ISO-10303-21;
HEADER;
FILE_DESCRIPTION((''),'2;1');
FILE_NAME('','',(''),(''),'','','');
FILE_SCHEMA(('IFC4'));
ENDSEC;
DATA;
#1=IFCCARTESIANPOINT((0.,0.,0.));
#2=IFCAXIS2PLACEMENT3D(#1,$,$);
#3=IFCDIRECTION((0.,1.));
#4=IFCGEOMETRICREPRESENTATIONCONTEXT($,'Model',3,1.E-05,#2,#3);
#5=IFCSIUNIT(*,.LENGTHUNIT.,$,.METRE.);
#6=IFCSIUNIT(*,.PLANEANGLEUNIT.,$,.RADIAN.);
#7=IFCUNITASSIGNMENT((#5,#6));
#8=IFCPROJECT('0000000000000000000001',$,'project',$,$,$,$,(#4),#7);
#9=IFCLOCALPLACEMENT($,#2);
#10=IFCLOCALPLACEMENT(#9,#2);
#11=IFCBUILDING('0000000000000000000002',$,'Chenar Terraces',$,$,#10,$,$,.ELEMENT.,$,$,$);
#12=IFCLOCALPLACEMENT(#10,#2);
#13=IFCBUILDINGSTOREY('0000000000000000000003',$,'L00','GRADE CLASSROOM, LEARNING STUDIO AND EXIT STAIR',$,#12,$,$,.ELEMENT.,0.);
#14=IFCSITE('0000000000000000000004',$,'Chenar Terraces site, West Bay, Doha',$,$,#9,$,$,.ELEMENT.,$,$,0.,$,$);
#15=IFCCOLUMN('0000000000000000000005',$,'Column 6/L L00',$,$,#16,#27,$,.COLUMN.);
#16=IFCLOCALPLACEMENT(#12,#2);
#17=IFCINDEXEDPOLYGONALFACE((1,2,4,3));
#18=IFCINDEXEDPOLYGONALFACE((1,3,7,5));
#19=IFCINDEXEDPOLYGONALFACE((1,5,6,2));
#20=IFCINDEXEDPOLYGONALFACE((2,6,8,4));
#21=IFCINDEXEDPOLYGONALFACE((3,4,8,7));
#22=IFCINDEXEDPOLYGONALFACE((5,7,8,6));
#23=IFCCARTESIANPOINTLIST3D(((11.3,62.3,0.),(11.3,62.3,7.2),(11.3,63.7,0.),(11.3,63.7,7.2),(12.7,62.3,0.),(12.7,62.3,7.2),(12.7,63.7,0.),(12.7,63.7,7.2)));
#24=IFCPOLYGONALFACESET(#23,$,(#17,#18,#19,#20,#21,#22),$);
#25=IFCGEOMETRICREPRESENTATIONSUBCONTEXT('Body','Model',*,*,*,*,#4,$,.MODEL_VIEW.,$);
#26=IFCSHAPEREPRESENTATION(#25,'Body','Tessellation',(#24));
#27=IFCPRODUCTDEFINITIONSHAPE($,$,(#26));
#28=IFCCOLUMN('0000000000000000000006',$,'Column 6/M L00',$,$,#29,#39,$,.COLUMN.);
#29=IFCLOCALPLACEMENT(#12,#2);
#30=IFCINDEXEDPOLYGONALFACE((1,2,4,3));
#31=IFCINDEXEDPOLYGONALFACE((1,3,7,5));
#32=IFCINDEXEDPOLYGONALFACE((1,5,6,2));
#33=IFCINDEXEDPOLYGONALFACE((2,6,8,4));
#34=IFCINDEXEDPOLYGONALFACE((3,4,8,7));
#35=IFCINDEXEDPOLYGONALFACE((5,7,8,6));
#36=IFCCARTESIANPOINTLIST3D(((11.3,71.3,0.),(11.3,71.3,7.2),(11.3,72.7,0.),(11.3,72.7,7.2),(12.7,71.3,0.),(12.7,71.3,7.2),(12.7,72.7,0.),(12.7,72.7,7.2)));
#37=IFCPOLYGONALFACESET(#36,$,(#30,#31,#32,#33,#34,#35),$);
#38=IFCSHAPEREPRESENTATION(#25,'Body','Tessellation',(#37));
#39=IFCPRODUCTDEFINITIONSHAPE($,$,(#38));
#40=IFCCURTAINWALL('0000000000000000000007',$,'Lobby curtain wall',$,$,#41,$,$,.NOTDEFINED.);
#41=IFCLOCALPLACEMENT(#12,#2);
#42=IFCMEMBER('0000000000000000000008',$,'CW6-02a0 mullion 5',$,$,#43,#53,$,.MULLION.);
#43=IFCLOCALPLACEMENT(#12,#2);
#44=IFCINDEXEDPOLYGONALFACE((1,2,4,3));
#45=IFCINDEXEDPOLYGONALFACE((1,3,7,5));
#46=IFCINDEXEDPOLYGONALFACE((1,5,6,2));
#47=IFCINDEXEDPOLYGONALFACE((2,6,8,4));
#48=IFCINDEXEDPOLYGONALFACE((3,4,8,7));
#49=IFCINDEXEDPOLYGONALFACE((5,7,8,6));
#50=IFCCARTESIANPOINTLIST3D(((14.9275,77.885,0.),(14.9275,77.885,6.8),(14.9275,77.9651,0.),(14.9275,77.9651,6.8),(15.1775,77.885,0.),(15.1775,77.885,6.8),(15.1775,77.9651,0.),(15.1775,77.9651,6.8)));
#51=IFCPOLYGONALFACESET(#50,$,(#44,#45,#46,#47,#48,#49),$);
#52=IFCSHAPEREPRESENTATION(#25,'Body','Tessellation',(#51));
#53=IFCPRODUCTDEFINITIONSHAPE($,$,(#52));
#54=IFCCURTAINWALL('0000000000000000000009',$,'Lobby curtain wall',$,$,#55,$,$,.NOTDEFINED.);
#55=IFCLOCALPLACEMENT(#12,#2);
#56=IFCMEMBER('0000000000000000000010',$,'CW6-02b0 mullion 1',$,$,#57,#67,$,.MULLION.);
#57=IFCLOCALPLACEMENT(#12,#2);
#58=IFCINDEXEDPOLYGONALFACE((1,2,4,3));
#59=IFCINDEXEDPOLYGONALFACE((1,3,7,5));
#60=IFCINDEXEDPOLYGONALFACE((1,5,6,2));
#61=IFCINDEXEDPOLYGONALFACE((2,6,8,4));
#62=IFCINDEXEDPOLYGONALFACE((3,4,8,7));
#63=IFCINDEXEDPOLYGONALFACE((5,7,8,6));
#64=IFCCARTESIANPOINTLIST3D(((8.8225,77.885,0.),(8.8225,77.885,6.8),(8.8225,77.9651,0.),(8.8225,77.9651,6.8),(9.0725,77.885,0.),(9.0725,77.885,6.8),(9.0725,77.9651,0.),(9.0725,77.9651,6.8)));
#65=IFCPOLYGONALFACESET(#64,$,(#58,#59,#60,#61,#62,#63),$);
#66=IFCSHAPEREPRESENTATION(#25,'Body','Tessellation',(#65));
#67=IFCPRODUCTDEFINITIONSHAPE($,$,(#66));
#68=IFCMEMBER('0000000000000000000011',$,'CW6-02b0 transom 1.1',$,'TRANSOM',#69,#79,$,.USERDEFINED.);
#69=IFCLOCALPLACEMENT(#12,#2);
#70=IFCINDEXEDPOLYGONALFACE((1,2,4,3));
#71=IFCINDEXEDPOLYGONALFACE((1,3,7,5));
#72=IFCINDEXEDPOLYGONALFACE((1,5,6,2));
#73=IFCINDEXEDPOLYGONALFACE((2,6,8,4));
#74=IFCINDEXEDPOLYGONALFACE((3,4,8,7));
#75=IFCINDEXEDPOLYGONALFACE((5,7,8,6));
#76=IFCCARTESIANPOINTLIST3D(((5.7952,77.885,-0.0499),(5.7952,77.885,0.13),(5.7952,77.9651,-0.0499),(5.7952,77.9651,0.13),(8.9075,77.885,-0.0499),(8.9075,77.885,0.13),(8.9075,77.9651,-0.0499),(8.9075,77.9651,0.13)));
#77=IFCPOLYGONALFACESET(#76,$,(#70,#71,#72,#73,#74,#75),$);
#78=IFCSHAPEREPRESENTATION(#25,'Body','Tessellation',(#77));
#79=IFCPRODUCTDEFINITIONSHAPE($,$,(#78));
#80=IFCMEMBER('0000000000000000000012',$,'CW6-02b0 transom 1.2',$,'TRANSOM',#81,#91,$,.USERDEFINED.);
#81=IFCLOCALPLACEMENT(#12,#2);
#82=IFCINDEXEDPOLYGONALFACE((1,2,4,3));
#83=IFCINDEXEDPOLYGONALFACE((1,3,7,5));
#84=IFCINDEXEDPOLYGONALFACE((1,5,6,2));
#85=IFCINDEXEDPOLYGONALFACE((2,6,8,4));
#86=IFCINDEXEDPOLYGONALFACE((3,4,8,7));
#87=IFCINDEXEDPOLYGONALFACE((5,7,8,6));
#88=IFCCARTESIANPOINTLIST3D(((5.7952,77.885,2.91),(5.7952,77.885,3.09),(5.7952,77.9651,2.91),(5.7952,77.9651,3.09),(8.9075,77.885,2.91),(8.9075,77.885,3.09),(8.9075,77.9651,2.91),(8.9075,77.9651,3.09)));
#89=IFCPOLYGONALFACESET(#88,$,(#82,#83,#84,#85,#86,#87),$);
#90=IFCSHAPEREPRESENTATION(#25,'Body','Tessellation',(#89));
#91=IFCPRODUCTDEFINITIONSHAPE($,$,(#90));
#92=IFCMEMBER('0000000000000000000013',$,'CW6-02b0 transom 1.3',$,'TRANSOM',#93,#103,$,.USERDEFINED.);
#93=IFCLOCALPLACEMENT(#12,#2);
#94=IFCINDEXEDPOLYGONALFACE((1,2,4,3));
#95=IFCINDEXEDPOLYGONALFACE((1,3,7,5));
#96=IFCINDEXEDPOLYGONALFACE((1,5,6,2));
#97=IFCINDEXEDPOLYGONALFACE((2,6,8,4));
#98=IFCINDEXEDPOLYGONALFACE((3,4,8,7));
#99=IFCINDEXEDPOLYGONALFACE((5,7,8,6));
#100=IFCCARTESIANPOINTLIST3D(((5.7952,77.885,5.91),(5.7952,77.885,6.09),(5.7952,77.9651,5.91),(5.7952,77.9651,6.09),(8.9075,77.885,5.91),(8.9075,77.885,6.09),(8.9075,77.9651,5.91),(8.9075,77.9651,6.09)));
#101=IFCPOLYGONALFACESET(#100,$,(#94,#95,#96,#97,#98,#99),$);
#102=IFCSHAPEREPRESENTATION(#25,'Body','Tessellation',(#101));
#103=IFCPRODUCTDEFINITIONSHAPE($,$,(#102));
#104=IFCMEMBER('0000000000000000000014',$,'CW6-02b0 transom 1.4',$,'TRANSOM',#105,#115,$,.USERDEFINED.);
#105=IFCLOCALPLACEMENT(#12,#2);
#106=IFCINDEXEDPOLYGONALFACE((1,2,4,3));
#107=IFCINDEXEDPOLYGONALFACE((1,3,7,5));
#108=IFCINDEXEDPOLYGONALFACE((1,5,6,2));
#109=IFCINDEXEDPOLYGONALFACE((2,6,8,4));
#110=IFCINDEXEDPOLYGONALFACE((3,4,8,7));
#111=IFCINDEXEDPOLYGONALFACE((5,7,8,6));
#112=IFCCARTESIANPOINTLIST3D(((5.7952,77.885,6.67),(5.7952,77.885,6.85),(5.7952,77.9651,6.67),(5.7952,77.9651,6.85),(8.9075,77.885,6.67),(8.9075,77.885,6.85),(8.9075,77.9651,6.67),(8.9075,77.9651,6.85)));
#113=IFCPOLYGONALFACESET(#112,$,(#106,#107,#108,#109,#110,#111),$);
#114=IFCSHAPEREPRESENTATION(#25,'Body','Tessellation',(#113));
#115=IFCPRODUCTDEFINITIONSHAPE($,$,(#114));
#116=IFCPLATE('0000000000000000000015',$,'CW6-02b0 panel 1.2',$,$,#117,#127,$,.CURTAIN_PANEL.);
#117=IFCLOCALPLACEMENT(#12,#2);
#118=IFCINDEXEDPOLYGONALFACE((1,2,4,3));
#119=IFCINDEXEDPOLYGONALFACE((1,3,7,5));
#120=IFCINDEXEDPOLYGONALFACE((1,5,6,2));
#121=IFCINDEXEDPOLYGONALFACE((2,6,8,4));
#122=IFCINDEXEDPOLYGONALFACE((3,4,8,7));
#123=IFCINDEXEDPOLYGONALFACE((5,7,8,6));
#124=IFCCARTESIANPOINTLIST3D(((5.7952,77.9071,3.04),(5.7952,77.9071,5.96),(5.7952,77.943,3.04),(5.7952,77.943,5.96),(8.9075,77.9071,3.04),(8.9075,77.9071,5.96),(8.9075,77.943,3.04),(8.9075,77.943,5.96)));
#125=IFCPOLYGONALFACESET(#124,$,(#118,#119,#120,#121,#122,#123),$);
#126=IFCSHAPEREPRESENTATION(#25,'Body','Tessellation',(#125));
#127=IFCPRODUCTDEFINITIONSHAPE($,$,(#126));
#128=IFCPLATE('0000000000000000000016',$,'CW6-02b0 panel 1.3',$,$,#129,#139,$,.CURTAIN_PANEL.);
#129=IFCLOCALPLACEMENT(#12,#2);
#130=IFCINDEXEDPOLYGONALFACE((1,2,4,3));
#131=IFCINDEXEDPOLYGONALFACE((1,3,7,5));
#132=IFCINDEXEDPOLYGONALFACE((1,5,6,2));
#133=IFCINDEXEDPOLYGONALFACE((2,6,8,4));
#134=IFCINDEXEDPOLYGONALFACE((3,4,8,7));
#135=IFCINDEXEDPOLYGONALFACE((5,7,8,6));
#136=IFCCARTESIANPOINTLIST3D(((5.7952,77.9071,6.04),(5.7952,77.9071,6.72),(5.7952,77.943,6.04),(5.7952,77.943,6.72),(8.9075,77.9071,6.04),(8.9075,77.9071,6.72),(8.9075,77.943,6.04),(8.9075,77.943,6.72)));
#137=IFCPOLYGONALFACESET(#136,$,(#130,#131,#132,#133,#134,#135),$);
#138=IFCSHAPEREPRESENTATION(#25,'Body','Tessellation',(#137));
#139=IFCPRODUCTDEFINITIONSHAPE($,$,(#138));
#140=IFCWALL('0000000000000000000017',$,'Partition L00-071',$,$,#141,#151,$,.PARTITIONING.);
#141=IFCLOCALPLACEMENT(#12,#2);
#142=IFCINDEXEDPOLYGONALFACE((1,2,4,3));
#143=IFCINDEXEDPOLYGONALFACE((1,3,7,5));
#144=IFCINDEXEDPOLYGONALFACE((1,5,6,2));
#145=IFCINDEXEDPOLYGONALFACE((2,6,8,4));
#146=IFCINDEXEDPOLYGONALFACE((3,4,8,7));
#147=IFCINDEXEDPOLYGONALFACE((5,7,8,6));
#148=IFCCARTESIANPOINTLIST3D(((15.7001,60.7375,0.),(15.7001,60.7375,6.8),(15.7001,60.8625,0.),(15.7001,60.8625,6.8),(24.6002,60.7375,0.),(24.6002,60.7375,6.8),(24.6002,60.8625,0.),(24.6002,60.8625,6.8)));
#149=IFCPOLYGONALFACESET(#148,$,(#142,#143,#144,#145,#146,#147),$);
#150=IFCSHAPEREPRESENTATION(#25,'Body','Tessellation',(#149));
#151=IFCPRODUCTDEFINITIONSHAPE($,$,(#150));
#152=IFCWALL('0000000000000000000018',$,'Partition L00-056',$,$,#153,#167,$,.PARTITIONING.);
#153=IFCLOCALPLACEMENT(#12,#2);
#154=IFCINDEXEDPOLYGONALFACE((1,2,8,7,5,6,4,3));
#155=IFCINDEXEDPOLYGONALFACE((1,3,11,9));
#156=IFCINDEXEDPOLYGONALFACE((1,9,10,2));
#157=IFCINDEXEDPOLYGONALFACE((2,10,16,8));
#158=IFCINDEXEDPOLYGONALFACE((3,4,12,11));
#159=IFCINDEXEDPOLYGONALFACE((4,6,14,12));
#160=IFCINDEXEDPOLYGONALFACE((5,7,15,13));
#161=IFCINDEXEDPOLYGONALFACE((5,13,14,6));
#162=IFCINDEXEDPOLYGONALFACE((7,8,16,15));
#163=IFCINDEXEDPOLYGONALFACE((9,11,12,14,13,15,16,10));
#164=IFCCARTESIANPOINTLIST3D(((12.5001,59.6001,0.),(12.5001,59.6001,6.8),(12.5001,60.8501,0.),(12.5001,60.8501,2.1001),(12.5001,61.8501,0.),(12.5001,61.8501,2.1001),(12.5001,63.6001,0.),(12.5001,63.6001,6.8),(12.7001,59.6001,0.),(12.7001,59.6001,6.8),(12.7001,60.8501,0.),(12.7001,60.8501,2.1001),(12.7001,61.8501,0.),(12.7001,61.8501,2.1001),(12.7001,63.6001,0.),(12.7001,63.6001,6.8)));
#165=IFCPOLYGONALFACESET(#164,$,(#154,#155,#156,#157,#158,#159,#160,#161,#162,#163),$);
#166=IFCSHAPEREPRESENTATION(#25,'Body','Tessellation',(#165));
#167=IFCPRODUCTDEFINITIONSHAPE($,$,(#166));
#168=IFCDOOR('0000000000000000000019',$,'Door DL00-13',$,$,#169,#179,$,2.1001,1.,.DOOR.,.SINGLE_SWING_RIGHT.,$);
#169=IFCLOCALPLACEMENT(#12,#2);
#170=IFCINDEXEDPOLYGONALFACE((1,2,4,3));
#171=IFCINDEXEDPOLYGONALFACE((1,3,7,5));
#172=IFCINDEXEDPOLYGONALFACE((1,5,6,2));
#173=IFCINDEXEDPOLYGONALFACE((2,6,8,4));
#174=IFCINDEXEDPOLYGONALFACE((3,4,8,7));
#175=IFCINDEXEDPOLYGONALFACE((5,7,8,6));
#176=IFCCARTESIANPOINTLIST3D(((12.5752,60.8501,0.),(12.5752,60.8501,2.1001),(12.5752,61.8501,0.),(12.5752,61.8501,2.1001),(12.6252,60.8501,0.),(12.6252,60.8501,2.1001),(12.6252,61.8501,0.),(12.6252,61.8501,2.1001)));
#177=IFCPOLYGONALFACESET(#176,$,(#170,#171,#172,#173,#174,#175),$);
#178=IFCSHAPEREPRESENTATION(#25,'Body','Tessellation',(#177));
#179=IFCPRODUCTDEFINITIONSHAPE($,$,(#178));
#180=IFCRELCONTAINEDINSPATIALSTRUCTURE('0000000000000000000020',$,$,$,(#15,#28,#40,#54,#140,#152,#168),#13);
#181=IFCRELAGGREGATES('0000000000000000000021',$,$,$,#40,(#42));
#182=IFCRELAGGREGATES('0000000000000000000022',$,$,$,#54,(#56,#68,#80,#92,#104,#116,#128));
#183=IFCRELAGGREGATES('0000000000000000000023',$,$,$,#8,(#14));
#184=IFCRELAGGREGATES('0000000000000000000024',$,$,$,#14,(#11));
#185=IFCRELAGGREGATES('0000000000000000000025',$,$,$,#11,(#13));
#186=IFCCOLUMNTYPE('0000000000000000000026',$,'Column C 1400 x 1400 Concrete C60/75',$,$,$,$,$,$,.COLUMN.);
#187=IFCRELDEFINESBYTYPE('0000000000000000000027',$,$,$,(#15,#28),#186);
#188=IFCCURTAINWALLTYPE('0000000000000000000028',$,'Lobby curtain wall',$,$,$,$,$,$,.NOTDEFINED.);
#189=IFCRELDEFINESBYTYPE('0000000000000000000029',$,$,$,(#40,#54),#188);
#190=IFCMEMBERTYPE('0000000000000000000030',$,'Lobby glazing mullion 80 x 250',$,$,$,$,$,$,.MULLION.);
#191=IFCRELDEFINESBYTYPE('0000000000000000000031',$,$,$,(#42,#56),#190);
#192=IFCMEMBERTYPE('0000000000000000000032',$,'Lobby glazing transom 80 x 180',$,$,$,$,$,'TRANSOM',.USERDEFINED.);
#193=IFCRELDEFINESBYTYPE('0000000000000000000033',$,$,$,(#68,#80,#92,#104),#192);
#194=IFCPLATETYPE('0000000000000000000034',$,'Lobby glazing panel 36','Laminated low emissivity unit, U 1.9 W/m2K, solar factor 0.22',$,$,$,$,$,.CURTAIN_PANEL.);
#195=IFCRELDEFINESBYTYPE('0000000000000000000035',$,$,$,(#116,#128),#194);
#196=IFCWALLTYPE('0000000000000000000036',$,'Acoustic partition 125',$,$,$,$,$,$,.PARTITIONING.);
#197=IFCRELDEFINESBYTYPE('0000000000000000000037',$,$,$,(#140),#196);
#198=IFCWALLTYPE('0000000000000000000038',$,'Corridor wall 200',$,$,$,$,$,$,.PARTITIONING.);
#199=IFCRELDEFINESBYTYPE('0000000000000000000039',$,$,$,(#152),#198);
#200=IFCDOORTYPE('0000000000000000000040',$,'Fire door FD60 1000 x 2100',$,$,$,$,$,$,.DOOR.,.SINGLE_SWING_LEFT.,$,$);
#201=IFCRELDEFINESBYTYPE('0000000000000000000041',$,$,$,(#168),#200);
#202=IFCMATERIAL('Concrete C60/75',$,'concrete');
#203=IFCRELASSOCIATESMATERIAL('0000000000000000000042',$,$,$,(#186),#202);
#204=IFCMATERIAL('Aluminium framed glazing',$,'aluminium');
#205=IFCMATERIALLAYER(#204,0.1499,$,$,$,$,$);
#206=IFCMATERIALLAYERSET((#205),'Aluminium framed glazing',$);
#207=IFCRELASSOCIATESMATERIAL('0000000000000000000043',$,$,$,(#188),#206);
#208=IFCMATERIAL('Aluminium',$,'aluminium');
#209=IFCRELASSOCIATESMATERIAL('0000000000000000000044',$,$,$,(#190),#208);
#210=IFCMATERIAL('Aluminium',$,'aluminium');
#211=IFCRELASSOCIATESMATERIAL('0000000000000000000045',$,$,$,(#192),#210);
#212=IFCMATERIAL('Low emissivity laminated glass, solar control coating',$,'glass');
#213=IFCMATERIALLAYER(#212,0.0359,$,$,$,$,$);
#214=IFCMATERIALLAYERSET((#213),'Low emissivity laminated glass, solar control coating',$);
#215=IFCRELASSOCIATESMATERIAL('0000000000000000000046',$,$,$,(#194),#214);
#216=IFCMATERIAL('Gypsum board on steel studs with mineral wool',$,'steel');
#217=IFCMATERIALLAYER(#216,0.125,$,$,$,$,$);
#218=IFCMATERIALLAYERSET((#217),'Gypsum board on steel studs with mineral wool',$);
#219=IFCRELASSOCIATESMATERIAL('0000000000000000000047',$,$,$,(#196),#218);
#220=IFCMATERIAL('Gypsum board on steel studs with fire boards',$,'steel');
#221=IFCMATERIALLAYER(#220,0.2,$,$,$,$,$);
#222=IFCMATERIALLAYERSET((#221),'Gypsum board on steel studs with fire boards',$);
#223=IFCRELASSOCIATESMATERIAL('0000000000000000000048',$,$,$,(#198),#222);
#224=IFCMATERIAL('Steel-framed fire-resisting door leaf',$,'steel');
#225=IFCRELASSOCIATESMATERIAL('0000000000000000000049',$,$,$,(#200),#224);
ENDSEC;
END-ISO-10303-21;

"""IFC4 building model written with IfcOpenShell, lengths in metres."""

from ifc_helpers import new_model, si_unit, direction, frame, frame_2d, origin, origin_2d, place, context, subcontext, project, spatial, rectangle, extrude, material, layer, layer_set, material_profile, profile_set, type_object, element, fill, aggregate, save


model = new_model("IFC4")

# Units and contexts
model_context = context("Model", 3, precision=1e-05, world=origin(), true_north=direction((0.0, 1.0)))
body_context = subcontext(model_context, "Body", "Model", "MODEL_VIEW")
ifc_project = project(units=[si_unit("LENGTHUNIT", "METRE"), si_unit("PLANEANGLEUNIT", "RADIAN")], contexts=[model_context])

# Site, building, storey
site_placement = place(None, origin())
site = spatial("IfcSite", under=ifc_project, at=site_placement, Name="Chenar Terraces site, West Bay, Doha", CompositionType="ELEMENT", RefElevation=0.0)
building_placement = place(site_placement, origin())
building = spatial("IfcBuilding", under=site, at=building_placement, Name="Chenar Terraces", CompositionType="ELEMENT")
storey_placement = place(building_placement, origin())
storey = spatial("IfcBuildingStorey", under=building, at=storey_placement, Name="L00", Description="GRADE CLASSROOM, LEARNING STUDIO AND EXIT STAIR", CompositionType="ELEMENT", Elevation=0.0)

# Columns
ifc_material_1 = material(Name="Concrete C60/75", Category="concrete")
ifc_material_profile_1 = material_profile(ifc_material_1, rectangle(XDim=1.3999, YDim=1.3999, at=origin_2d()), Name="C 1400 x 1400")
ifc_profile_set_1 = profile_set([ifc_material_profile_1], Name="Concrete C60/75")
column_type = type_object("IfcColumnType", Name="Column C 1400 x 1400 Concrete C60/75", PredefinedType="COLUMN", material=ifc_profile_set_1)
for number, where, z_axis, x_axis, name in (
    (1, (12.0, 63.0, 0.0), (0.0, 0.0, 1.0), (1.0, 0.0, 0.0), "Column 6/L L00"),
    (2, (12.0, 72.0, 0.0), (0.0, 0.0, 1.0), (1.0, 0.0, 0.0), "Column 6/M L00"),
):
    element("IfcColumn", number, at=place(storey_placement, frame(where, z_axis=z_axis, x_axis=x_axis)), inside=storey, type_object=column_type, Name=name, PredefinedType="COLUMN", context=body_context, shape_type="SweptSolid", body=[
        extrude(rectangle(XDim=1.3999, YDim=1.3999, at=origin_2d()), origin(), (0.0, 0.0, 1.0), 7.2),
    ])

# Curtain wall, member
ifc_material_2 = material(Name="Aluminium framed glazing", Category="aluminium")
ifc_layer_1 = layer(ifc_material_2, 0.1499)
ifc_layer_set_1 = layer_set([ifc_layer_1], Name="Aluminium framed glazing")
curtain_wall_type = type_object("IfcCurtainWallType", Name="Lobby curtain wall", PredefinedType="NOTDEFINED", material=ifc_layer_set_1)
placement = place(storey_placement, origin())
curtain_wall_1 = element("IfcCurtainWall", 3, at=placement, inside=storey, type_object=curtain_wall_type, Name="Lobby curtain wall", PredefinedType="NOTDEFINED")
ifc_material_3 = material(Name="Aluminium", Category="aluminium")
ifc_material_profile_2 = material_profile(ifc_material_3, rectangle(XDim=0.0801, YDim=0.25, at=origin_2d()), Name="Lobby glazing mullion 80 x 250")
ifc_profile_set_2 = profile_set([ifc_material_profile_2], Name="Aluminium")
member_type_1 = type_object("IfcMemberType", Name="Lobby glazing mullion 80 x 250", PredefinedType="MULLION", material=ifc_profile_set_2)
member_1_placement = place(storey_placement, frame((15.0525, 77.925, 0.0), z_axis=(0.0, 0.0, 1.0), x_axis=(0.0, -1.0, 0.0)))
member_1 = element("IfcMember", 4, at=member_1_placement, type_object=member_type_1, Name="CW6-02a0 mullion 5", PredefinedType="MULLION", context=body_context, shape_type="SweptSolid", body=[
    extrude(rectangle(XDim=0.0801, YDim=0.25, at=origin_2d()), origin(), (0.0, 0.0, 1.0), 6.8),
])
aggregate(curtain_wall_1, [member_1])

# Curtain wall, members, plates
curtain_wall_2 = element("IfcCurtainWall", 5, at=placement, inside=storey, type_object=curtain_wall_type, Name="Lobby curtain wall", PredefinedType="NOTDEFINED")
member_2_placement = place(storey_placement, frame((8.9475, 77.925, 0.0), z_axis=(0.0, 0.0, 1.0), x_axis=(0.0, -1.0, 0.0)))
member_2 = element("IfcMember", 6, at=member_2_placement, type_object=member_type_1, Name="CW6-02b0 mullion 1", PredefinedType="MULLION", context=body_context, shape_type="SweptSolid", body=[
    extrude(rectangle(XDim=0.0801, YDim=0.25, at=origin_2d()), origin(), (0.0, 0.0, 1.0), 6.8),
])
ifc_material_4 = material(Name="Aluminium", Category="aluminium")
ifc_material_profile_3 = material_profile(ifc_material_4, rectangle(XDim=0.0801, YDim=0.1799, at=origin_2d()), Name="Lobby glazing transom 80 x 180")
ifc_profile_set_3 = profile_set([ifc_material_profile_3], Name="Aluminium")
member_type_2 = type_object("IfcMemberType", Name="Lobby glazing transom 80 x 180", ElementType="TRANSOM", PredefinedType="USERDEFINED", material=ifc_profile_set_3)
member_3_placement = place(storey_placement, frame((8.9075, 77.925, 0.04), z_axis=(-1.0, 0.0, 0.0), x_axis=(0.0, -1.0, 0.0)))
member_3 = element("IfcMember", 7, at=member_3_placement, type_object=member_type_2, Name="CW6-02b0 transom 1.1", ObjectType="TRANSOM", PredefinedType="USERDEFINED", context=body_context, shape_type="SweptSolid", body=[
    extrude(rectangle(XDim=0.0801, YDim=0.1799, at=origin_2d()), origin(), (0.0, 0.0, 1.0), 3.1123),
])
member_4_placement = place(storey_placement, frame((8.9075, 77.925, 3.0), z_axis=(-1.0, 0.0, 0.0), x_axis=(0.0, -1.0, 0.0)))
member_4 = element("IfcMember", 8, at=member_4_placement, type_object=member_type_2, Name="CW6-02b0 transom 1.2", ObjectType="TRANSOM", PredefinedType="USERDEFINED", context=body_context, shape_type="SweptSolid", body=[
    extrude(rectangle(XDim=0.0801, YDim=0.1799, at=origin_2d()), origin(), (0.0, 0.0, 1.0), 3.1123),
])
member_5_placement = place(storey_placement, frame((8.9075, 77.925, 6.0), z_axis=(-1.0, 0.0, 0.0), x_axis=(0.0, -1.0, 0.0)))
member_5 = element("IfcMember", 9, at=member_5_placement, type_object=member_type_2, Name="CW6-02b0 transom 1.3", ObjectType="TRANSOM", PredefinedType="USERDEFINED", context=body_context, shape_type="SweptSolid", body=[
    extrude(rectangle(XDim=0.0801, YDim=0.1799, at=origin_2d()), origin(), (0.0, 0.0, 1.0), 3.1123),
])
member_6_placement = place(storey_placement, frame((8.9075, 77.925, 6.76), z_axis=(-1.0, 0.0, 0.0), x_axis=(0.0, -1.0, 0.0)))
member_6 = element("IfcMember", 10, at=member_6_placement, type_object=member_type_2, Name="CW6-02b0 transom 1.4", ObjectType="TRANSOM", PredefinedType="USERDEFINED", context=body_context, shape_type="SweptSolid", body=[
    extrude(rectangle(XDim=0.0801, YDim=0.1799, at=origin_2d()), origin(), (0.0, 0.0, 1.0), 3.1123),
])
ifc_material_5 = material(Name="Low emissivity laminated glass, solar control coating", Category="glass")
ifc_layer_2 = layer(ifc_material_5, 0.0359)
ifc_layer_set_2 = layer_set([ifc_layer_2], Name="Low emissivity laminated glass, solar control coating")
plate_type = type_object("IfcPlateType", Name="Lobby glazing panel 36", Description="Laminated low emissivity unit, U 1.9 W/m2K, solar factor 0.22", PredefinedType="CURTAIN_PANEL", material=ifc_layer_set_2)
plate_1_placement = place(storey_placement, frame((7.3513, 77.925, 3.04), z_axis=(0.0, 0.0, 1.0), x_axis=(-1.0, 0.0, 0.0)))
plate_1 = element("IfcPlate", 11, at=plate_1_placement, type_object=plate_type, Name="CW6-02b0 panel 1.2", PredefinedType="CURTAIN_PANEL", context=body_context, shape_type="SweptSolid", body=[
    extrude(rectangle(XDim=3.1123, YDim=0.0359, at=origin_2d()), origin(), (0.0, 0.0, 1.0), 2.9199),
])
plate_2_placement = place(storey_placement, frame((7.3513, 77.925, 6.04), z_axis=(0.0, 0.0, 1.0), x_axis=(-1.0, 0.0, 0.0)))
plate_2 = element("IfcPlate", 12, at=plate_2_placement, type_object=plate_type, Name="CW6-02b0 panel 1.3", PredefinedType="CURTAIN_PANEL", context=body_context, shape_type="SweptSolid", body=[
    extrude(rectangle(XDim=3.1123, YDim=0.0359, at=origin_2d()), origin(), (0.0, 0.0, 1.0), 0.6799),
])
aggregate(curtain_wall_2, [member_2, member_3, member_4, member_5, member_6, plate_1, plate_2])

# Wall
ifc_material_6 = material(Name="Gypsum board on steel studs with mineral wool", Category="steel")
ifc_layer_3 = layer(ifc_material_6, 0.125)
ifc_layer_set_3 = layer_set([ifc_layer_3], Name="Gypsum board on steel studs with mineral wool")
wall_type_1 = type_object("IfcWallType", Name="Acoustic partition 125", PredefinedType="PARTITIONING", material=ifc_layer_set_3)
wall_1_placement = place(storey_placement, frame((15.7, 60.8, 0.0), z_axis=(0.0, 0.0, 1.0), x_axis=(1.0, 0.0, 0.0)))
element("IfcWall", 13, at=wall_1_placement, inside=storey, type_object=wall_type_1, Name="Partition L00-071", PredefinedType="PARTITIONING", context=body_context, shape_type="SweptSolid", body=[
    extrude(rectangle(XDim=8.9001, YDim=0.125, at=frame_2d((4.4502, 0.0))), origin(), (0.0, 0.0, 1.0), 6.8),
])

# Wall, opening, door
ifc_material_7 = material(Name="Gypsum board on steel studs with fire boards", Category="steel")
ifc_layer_4 = layer(ifc_material_7, 0.2)
ifc_layer_set_4 = layer_set([ifc_layer_4], Name="Gypsum board on steel studs with fire boards")
wall_type_2 = type_object("IfcWallType", Name="Corridor wall 200", PredefinedType="PARTITIONING", material=ifc_layer_set_4)
wall_2_placement = place(storey_placement, frame((12.6001, 59.6001, 0.0), z_axis=(0.0, 0.0, 1.0), x_axis=(0.0, 1.0, 0.0)))
wall_2 = element("IfcWall", 14, at=wall_2_placement, inside=storey, type_object=wall_type_2, Name="Partition L00-056", PredefinedType="PARTITIONING", context=body_context, shape_type="SweptSolid", body=[
    extrude(rectangle(XDim=4.0, YDim=0.2, at=frame_2d((2.0, 0.0))), origin(), (0.0, 0.0, 1.0), 6.8),
])
opening_1_placement = place(wall_2_placement, frame((1.25, 0.0, 0.0)))
opening_1 = element("IfcOpeningElement", 15, at=opening_1_placement, cuts=wall_2, PredefinedType="OPENING", context=body_context, shape_type="SweptSolid", body=[
    extrude(rectangle(XDim=1.0, YDim=2.1001, at=frame_2d((0.5, 1.05))), frame((0.0, 0.1099, 0.0), z_axis=(0.0, -1.0, 0.0), x_axis=(1.0, 0.0, 0.0)), (0.0, 0.0, 1.0), 0.22),
])
ifc_material_8 = material(Name="Steel-framed fire-resisting door leaf", Category="steel")
door_type_1 = type_object("IfcDoorType", Name="Fire door FD60 1000 x 2100", OperationType="SINGLE_SWING_LEFT", PredefinedType="DOOR", material=ifc_material_8)
door_1_placement = place(opening_1_placement, origin())
door_1 = element("IfcDoor", 16, at=door_1_placement, inside=storey, type_object=door_type_1, Name="Door DL00-13", OperationType="SINGLE_SWING_RIGHT", OverallHeight=2.1001, OverallWidth=1.0, PredefinedType="DOOR", context=body_context, shape_type="SweptSolid", body=[
    extrude(rectangle(XDim=1.0, YDim=2.1001, at=frame_2d((0.5, 1.05))), frame((0.0, 0.0249, 0.0), z_axis=(0.0, -1.0, 0.0), x_axis=(1.0, 0.0, 0.0)), (0.0, 0.0, 1.0), 0.05),
])
fill(opening_1, door_1)

save(model, "model.ifc")
